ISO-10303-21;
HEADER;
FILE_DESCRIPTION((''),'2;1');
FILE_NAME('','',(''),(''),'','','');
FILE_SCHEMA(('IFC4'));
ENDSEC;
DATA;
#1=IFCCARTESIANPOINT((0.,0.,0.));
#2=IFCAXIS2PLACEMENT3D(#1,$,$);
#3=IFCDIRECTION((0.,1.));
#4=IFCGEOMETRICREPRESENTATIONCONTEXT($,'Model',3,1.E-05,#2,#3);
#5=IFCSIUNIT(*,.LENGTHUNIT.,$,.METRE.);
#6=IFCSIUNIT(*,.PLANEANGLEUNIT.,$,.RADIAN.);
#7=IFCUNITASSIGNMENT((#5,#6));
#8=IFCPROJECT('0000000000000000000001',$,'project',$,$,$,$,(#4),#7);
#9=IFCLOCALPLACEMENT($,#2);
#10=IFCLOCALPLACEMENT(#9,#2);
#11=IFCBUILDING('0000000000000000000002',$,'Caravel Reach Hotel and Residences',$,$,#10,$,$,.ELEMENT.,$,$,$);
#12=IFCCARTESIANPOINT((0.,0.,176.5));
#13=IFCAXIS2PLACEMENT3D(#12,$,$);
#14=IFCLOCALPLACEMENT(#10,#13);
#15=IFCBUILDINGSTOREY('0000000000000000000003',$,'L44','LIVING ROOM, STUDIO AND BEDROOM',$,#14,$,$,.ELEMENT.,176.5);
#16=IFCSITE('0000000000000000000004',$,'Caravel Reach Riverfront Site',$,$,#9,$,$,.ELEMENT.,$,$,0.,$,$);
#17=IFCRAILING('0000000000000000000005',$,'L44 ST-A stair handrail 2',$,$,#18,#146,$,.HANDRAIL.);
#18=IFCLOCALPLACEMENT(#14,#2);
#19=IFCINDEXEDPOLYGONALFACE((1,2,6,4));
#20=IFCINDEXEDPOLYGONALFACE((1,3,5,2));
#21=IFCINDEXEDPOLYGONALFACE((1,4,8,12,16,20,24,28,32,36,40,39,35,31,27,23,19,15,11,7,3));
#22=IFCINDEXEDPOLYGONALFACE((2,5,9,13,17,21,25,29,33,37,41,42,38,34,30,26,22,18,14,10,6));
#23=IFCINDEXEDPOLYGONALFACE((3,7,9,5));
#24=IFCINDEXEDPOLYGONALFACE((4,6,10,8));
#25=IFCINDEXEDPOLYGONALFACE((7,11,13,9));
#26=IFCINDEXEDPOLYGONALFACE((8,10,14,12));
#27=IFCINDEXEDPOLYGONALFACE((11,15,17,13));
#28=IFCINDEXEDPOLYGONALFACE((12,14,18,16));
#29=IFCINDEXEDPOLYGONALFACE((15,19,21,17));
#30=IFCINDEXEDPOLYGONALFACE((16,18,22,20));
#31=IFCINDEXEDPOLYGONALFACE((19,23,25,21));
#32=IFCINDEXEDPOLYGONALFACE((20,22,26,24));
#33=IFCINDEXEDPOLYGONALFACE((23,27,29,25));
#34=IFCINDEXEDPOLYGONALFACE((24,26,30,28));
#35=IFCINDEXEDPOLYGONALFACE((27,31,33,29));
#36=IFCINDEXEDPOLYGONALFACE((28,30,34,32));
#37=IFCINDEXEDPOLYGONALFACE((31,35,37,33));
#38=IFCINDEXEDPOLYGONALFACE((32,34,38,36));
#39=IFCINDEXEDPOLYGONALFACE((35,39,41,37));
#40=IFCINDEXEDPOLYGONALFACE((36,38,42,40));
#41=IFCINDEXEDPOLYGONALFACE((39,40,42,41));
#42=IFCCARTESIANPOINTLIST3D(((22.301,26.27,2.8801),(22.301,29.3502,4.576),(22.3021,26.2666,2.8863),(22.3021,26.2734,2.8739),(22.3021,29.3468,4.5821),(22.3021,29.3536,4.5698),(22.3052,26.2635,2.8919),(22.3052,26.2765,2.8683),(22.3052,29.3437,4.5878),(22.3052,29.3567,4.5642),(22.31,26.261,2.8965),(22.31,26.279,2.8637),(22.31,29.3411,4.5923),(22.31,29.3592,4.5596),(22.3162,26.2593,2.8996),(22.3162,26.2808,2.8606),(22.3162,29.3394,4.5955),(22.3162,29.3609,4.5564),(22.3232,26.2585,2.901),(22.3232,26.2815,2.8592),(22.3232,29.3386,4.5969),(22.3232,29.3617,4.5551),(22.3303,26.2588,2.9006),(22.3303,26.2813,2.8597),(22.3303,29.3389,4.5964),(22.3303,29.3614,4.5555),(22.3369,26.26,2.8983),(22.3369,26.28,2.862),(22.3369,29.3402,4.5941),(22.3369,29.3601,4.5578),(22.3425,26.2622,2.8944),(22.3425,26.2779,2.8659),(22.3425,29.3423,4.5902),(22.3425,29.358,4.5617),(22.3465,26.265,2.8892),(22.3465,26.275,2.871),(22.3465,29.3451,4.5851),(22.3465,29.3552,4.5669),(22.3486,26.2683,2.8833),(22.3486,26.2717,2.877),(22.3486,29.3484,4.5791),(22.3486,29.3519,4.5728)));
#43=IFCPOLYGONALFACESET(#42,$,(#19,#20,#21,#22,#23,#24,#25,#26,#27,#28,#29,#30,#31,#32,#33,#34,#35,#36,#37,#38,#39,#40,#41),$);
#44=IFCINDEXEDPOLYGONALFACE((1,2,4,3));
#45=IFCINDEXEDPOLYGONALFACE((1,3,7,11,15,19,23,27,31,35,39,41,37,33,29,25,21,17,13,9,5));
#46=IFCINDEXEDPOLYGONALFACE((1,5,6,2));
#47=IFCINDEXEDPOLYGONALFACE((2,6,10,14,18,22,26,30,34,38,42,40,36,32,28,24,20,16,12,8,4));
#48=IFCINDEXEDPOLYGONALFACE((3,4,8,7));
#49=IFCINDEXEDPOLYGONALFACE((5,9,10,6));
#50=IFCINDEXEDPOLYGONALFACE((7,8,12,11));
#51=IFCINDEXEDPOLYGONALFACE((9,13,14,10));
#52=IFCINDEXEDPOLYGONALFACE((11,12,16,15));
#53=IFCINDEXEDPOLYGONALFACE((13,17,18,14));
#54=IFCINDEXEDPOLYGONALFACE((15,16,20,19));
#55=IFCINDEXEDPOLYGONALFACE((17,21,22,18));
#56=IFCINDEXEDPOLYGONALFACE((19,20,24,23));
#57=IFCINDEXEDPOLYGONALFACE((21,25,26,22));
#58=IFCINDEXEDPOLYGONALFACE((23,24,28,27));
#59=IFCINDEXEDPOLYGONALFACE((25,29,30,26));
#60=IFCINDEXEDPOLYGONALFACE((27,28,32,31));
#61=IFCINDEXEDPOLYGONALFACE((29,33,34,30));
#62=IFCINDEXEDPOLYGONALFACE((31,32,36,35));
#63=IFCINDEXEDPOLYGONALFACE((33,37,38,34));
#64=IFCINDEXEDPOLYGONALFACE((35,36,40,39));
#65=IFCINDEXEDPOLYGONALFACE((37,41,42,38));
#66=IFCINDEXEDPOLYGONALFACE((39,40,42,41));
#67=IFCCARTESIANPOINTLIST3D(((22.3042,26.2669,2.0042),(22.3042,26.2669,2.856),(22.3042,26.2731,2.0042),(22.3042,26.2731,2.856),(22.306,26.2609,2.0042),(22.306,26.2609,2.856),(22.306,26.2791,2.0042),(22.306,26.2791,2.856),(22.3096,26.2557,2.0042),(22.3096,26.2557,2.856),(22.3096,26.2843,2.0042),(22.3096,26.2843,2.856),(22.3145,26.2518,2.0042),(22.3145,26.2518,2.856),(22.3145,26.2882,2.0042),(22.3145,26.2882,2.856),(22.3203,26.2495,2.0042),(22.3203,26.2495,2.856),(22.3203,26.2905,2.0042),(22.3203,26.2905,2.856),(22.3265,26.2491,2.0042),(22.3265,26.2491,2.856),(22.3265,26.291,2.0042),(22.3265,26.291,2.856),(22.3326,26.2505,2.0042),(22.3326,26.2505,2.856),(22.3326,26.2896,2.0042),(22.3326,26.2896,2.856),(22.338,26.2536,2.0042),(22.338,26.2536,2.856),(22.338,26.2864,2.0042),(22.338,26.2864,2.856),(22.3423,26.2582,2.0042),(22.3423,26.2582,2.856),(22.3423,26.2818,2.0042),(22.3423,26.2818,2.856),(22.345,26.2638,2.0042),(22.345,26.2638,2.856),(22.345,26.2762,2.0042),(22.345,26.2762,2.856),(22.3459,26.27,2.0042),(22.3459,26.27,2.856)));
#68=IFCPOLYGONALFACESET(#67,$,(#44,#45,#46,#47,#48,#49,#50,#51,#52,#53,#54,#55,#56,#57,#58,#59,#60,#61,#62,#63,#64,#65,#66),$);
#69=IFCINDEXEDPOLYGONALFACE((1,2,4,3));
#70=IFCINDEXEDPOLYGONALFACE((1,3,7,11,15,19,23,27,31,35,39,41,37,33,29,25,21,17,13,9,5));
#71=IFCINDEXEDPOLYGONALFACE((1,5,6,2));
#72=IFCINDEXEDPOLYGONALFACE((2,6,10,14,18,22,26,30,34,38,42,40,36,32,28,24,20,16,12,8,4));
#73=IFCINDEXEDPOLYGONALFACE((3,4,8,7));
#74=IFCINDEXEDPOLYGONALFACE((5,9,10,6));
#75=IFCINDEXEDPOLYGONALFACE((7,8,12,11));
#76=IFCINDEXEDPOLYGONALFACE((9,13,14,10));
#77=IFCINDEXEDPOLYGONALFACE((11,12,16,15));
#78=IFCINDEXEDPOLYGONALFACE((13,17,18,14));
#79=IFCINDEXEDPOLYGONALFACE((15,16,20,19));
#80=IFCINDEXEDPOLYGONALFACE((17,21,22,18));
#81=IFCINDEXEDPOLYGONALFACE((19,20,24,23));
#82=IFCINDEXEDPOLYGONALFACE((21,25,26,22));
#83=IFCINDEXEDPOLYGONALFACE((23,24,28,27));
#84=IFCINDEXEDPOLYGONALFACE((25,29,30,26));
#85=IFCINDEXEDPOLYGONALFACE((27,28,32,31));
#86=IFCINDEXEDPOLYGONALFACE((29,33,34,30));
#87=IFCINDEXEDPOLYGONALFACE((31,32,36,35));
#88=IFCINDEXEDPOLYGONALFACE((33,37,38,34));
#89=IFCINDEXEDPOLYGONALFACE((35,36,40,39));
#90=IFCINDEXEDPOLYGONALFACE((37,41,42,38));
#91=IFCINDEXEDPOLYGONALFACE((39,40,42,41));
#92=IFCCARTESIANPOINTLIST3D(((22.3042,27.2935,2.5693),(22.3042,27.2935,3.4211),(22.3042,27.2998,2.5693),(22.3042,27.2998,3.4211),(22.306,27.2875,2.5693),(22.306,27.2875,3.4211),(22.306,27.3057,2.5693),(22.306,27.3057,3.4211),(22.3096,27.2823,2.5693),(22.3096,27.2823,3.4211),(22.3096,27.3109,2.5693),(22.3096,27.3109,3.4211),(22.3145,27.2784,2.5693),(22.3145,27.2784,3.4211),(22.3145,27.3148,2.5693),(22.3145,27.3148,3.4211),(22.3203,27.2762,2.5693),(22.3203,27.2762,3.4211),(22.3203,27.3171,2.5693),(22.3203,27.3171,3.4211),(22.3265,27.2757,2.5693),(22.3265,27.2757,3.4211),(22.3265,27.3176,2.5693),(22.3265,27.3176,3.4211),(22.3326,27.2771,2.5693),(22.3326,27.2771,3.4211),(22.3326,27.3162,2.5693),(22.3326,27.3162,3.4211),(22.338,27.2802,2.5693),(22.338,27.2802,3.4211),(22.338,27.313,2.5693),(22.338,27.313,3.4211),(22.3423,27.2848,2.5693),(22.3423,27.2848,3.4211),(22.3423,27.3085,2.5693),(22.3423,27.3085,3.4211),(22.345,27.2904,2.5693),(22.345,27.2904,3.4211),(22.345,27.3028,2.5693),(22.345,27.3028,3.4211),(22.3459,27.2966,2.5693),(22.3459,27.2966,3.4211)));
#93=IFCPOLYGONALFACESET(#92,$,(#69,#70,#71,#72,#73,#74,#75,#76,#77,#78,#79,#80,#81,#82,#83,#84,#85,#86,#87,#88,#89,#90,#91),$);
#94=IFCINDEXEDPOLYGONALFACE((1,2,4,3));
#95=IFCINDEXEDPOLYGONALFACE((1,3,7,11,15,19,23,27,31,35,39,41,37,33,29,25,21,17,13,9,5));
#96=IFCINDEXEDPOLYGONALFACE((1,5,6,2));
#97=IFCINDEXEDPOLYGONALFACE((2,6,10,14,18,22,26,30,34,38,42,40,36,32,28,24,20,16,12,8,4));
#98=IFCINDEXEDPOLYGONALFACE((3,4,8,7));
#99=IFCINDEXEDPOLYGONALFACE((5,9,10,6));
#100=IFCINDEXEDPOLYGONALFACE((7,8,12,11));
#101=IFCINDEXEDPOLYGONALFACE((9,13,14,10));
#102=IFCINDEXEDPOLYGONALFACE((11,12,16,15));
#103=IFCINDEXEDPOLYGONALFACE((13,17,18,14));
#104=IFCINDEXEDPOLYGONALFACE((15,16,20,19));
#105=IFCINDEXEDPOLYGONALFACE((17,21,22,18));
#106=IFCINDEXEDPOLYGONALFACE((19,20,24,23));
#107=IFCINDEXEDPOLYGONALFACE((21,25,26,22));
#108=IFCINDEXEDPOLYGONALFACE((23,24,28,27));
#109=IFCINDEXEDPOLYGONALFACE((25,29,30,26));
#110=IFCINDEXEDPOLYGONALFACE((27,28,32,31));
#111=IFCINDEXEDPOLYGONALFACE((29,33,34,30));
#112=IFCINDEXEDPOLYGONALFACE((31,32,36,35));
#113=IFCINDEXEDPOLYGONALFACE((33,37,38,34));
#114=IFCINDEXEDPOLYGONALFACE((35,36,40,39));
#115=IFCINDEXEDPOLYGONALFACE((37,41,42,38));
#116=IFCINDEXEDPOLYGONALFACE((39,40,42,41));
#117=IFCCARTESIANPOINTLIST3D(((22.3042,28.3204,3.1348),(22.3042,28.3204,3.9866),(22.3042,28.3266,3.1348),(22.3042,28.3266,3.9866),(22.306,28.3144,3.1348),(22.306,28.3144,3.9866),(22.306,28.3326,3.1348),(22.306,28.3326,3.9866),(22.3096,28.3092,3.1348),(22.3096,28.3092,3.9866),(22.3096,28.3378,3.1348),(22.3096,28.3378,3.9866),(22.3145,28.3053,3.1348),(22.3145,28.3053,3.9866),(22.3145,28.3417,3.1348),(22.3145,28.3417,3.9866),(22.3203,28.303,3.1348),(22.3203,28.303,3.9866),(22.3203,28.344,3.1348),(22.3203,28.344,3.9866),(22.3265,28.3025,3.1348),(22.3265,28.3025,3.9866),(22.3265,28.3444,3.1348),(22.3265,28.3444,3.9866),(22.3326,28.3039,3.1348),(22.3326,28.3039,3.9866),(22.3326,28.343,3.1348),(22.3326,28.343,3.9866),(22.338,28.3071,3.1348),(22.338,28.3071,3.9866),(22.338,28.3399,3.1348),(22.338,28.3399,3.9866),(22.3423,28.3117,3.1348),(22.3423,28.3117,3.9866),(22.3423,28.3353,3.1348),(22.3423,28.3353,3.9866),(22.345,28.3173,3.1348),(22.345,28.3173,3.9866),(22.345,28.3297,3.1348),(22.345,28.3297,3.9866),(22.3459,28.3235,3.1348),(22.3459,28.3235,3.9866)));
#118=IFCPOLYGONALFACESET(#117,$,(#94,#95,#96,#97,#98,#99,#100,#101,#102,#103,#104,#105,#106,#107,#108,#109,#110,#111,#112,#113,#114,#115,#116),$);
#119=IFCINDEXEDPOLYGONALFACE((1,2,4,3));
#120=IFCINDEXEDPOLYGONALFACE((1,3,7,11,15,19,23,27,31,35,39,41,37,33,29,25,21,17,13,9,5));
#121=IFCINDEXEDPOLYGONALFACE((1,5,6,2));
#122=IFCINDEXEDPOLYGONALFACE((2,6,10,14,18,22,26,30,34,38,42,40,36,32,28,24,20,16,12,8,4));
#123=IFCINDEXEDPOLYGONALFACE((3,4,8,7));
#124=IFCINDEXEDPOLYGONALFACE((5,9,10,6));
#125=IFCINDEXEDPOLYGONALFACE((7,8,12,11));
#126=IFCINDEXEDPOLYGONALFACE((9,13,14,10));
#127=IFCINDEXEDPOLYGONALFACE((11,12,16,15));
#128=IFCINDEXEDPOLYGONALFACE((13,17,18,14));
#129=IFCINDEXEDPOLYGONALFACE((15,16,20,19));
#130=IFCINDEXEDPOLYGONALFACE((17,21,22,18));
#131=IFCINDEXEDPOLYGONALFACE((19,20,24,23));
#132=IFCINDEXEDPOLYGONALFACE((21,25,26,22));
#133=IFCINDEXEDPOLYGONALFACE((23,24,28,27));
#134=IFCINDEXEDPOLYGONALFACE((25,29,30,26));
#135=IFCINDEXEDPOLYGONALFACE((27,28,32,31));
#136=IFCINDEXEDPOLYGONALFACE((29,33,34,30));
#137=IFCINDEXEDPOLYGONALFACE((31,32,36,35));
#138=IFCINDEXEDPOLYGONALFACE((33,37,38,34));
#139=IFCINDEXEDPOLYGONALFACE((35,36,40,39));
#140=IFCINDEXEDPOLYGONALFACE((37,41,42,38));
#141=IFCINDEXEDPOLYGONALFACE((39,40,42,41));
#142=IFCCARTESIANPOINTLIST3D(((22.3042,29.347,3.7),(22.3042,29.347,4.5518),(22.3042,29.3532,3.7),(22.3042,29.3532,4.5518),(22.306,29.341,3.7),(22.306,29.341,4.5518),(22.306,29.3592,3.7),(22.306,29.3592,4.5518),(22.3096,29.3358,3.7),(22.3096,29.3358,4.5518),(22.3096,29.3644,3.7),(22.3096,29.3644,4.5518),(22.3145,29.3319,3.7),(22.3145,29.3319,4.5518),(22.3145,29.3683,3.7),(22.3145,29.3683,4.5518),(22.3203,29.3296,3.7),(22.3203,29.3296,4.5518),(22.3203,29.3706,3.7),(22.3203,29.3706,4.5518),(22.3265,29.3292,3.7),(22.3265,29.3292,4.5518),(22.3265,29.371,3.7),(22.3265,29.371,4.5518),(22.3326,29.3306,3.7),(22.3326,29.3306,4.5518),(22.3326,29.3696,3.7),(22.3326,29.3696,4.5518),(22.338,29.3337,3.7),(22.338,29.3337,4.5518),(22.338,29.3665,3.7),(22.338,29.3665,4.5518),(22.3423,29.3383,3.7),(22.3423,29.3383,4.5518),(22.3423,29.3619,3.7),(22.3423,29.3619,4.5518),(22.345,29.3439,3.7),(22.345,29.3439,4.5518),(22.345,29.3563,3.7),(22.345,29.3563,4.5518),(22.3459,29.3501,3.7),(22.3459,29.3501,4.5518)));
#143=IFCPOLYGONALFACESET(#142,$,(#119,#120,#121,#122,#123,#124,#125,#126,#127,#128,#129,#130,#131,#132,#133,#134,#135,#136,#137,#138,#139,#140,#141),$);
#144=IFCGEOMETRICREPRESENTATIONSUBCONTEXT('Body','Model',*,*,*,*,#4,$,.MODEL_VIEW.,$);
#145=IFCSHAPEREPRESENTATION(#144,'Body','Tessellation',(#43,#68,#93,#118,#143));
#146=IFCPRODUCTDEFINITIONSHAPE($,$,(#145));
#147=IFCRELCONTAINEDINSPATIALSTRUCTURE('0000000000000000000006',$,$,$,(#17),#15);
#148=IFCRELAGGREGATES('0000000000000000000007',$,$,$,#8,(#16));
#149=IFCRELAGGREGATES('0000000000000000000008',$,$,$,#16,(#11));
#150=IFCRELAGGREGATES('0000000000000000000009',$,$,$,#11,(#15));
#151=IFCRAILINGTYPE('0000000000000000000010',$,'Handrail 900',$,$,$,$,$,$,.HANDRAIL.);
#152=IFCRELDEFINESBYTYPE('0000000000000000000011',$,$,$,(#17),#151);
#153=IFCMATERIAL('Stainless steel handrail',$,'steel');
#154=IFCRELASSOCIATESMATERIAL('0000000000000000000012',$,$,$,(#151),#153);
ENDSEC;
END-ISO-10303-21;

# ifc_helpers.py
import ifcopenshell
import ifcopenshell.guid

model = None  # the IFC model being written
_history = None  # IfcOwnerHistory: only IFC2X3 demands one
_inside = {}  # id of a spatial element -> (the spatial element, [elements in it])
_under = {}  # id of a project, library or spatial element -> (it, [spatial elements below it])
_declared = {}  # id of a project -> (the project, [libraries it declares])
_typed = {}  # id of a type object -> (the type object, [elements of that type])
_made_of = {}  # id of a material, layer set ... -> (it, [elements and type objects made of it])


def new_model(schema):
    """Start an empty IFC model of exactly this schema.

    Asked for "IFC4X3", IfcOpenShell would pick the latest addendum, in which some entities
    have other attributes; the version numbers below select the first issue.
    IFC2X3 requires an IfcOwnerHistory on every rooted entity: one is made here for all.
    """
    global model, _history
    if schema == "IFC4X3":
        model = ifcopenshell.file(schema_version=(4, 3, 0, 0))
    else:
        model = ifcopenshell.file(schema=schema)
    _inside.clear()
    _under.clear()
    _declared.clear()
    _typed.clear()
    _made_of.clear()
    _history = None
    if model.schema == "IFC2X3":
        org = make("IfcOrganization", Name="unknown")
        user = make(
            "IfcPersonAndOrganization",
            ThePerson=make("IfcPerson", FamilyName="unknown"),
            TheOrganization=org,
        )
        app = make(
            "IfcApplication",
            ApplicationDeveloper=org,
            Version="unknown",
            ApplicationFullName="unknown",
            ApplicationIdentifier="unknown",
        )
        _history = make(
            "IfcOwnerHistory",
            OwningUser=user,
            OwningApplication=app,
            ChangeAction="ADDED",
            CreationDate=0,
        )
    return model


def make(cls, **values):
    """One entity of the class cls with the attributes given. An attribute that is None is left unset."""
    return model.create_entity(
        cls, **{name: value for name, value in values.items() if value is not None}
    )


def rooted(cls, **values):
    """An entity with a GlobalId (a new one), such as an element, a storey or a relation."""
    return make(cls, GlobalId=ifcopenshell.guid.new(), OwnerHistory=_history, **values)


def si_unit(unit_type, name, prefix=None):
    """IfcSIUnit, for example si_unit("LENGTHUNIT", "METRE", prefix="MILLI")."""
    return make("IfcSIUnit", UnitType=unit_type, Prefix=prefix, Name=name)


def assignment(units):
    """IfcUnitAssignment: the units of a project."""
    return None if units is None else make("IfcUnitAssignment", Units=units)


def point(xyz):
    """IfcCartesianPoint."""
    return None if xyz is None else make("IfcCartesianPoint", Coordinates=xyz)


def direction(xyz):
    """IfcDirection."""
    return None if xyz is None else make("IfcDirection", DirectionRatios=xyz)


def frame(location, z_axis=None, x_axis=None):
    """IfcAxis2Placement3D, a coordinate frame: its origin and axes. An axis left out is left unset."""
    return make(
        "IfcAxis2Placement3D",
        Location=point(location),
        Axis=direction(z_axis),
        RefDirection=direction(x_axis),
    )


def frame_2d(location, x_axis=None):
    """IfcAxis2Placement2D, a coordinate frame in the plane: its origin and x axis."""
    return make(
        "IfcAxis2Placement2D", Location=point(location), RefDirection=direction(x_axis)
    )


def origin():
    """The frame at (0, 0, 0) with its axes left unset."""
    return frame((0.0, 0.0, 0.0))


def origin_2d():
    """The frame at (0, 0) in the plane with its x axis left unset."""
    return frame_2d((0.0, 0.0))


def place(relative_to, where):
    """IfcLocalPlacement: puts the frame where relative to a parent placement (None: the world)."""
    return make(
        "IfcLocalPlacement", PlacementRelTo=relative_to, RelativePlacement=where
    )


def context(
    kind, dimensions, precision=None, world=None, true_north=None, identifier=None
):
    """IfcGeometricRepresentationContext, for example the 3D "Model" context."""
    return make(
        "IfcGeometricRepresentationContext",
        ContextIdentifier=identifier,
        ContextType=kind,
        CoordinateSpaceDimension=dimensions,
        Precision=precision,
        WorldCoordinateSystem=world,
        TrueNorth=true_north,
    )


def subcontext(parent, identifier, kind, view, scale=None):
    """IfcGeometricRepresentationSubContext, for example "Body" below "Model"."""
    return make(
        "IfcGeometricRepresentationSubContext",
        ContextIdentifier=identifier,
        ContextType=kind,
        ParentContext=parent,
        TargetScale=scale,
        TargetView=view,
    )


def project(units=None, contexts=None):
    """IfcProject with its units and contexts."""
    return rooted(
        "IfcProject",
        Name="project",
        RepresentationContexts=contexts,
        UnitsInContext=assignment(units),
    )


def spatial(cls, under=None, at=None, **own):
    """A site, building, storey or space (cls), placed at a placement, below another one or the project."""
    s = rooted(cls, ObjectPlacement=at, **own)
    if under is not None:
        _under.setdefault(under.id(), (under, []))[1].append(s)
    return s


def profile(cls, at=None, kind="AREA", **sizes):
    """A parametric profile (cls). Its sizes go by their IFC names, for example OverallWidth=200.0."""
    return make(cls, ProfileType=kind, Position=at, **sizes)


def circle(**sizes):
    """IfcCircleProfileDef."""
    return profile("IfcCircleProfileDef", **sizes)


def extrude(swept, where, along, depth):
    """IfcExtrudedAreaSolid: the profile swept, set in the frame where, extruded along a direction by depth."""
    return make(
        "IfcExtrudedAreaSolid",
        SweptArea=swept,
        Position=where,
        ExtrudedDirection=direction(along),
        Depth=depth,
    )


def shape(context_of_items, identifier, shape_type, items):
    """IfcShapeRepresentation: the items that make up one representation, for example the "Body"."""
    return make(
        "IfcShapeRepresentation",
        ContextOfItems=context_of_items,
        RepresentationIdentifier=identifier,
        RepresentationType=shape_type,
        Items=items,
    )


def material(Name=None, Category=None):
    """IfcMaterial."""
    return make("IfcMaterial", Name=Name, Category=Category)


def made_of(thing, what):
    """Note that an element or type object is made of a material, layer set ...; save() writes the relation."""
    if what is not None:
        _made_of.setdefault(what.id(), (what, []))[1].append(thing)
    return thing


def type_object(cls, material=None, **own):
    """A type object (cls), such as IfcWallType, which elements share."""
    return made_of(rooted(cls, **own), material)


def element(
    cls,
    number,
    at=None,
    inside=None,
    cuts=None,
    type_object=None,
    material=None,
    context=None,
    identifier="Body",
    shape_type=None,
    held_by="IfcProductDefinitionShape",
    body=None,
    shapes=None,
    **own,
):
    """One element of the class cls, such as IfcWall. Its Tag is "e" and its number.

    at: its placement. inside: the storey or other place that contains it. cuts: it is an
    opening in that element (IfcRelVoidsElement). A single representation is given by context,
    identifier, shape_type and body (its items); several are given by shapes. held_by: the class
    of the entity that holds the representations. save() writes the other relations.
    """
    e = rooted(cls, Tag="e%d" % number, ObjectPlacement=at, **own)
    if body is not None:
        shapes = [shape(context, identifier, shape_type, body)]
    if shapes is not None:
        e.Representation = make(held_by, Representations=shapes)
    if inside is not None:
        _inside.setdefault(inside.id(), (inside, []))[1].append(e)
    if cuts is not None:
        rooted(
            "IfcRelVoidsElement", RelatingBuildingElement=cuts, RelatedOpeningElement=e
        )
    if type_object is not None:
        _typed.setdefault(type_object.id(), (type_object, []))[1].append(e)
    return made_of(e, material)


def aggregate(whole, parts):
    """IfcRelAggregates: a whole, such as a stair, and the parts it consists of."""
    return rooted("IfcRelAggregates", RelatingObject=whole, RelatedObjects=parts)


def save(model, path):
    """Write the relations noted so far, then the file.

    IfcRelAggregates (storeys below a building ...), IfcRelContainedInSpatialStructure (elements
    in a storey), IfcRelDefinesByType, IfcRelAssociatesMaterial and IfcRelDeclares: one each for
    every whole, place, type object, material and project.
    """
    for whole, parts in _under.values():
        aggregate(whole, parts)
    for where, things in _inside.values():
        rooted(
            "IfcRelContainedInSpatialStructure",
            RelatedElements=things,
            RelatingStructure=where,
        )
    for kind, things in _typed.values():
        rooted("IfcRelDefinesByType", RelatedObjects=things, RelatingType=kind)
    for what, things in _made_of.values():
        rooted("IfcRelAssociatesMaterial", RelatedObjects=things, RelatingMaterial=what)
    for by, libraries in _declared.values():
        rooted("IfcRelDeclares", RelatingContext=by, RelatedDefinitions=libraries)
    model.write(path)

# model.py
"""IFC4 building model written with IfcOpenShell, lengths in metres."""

from ifc_helpers import new_model, si_unit, direction, frame, origin, origin_2d, place, context, subcontext, project, spatial, circle, extrude, material, type_object, element, save


model = new_model("IFC4")

# Units and contexts
model_context = context("Model", 3, precision=1e-05, world=origin(), true_north=direction((0.0, 1.0)))
body_context = subcontext(model_context, "Body", "Model", "MODEL_VIEW")
ifc_project = project(units=[si_unit("LENGTHUNIT", "METRE"), si_unit("PLANEANGLEUNIT", "RADIAN")], contexts=[model_context])

# Site, building, storey
site_placement = place(None, origin())
site = spatial("IfcSite", under=ifc_project, at=site_placement, Name="Caravel Reach Riverfront Site", CompositionType="ELEMENT", RefElevation=0.0)
building_placement = place(site_placement, origin())
building = spatial("IfcBuilding", under=site, at=building_placement, Name="Caravel Reach Hotel and Residences", CompositionType="ELEMENT")
storey_placement = place(building_placement, frame((0.0, 0.0, 176.5)))
storey = spatial("IfcBuildingStorey", under=building, at=storey_placement, Name="L44", Description="LIVING ROOM, STUDIO AND BEDROOM", CompositionType="ELEMENT", Elevation=176.5)

# Railing
ifc_material_1 = material(Name="Stainless steel handrail", Category="steel")
railing_type = type_object("IfcRailingType", Name="Handrail 900", PredefinedType="HANDRAIL", material=ifc_material_1)
railing_placement = place(storey_placement, frame((22.325, 26.27, 2.0042)))
element("IfcRailing", 1, at=railing_placement, inside=storey, type_object=railing_type, Name="L44 ST-A stair handrail 2", PredefinedType="HANDRAIL", context=body_context, shape_type="SweptSolid", body=[
    extrude(circle(Radius=0.0239, at=origin_2d()), frame((0.0, 0.0, 0.876), z_axis=(0.0, 0.876005, 0.482303), x_axis=(-1.0, 0.0, 0.0)), (0.0, 0.0, 1.0), 3.5161),
    extrude(circle(Radius=0.021, at=origin_2d()), origin(), (0.0, 0.0, 1.0), 0.8518),
    extrude(circle(Radius=0.021, at=origin_2d()), frame((0.0, 1.0266, 0.5652)), (0.0, 0.0, 1.0), 0.8518),
    extrude(circle(Radius=0.021, at=origin_2d()), frame((0.0, 2.0535, 1.1306)), (0.0, 0.0, 1.0), 0.8518),
    extrude(circle(Radius=0.021, at=origin_2d()), frame((0.0, 3.0801, 1.6958)), (0.0, 0.0, 1.0), 0.8518),
])

save(model, "model.ifc")
